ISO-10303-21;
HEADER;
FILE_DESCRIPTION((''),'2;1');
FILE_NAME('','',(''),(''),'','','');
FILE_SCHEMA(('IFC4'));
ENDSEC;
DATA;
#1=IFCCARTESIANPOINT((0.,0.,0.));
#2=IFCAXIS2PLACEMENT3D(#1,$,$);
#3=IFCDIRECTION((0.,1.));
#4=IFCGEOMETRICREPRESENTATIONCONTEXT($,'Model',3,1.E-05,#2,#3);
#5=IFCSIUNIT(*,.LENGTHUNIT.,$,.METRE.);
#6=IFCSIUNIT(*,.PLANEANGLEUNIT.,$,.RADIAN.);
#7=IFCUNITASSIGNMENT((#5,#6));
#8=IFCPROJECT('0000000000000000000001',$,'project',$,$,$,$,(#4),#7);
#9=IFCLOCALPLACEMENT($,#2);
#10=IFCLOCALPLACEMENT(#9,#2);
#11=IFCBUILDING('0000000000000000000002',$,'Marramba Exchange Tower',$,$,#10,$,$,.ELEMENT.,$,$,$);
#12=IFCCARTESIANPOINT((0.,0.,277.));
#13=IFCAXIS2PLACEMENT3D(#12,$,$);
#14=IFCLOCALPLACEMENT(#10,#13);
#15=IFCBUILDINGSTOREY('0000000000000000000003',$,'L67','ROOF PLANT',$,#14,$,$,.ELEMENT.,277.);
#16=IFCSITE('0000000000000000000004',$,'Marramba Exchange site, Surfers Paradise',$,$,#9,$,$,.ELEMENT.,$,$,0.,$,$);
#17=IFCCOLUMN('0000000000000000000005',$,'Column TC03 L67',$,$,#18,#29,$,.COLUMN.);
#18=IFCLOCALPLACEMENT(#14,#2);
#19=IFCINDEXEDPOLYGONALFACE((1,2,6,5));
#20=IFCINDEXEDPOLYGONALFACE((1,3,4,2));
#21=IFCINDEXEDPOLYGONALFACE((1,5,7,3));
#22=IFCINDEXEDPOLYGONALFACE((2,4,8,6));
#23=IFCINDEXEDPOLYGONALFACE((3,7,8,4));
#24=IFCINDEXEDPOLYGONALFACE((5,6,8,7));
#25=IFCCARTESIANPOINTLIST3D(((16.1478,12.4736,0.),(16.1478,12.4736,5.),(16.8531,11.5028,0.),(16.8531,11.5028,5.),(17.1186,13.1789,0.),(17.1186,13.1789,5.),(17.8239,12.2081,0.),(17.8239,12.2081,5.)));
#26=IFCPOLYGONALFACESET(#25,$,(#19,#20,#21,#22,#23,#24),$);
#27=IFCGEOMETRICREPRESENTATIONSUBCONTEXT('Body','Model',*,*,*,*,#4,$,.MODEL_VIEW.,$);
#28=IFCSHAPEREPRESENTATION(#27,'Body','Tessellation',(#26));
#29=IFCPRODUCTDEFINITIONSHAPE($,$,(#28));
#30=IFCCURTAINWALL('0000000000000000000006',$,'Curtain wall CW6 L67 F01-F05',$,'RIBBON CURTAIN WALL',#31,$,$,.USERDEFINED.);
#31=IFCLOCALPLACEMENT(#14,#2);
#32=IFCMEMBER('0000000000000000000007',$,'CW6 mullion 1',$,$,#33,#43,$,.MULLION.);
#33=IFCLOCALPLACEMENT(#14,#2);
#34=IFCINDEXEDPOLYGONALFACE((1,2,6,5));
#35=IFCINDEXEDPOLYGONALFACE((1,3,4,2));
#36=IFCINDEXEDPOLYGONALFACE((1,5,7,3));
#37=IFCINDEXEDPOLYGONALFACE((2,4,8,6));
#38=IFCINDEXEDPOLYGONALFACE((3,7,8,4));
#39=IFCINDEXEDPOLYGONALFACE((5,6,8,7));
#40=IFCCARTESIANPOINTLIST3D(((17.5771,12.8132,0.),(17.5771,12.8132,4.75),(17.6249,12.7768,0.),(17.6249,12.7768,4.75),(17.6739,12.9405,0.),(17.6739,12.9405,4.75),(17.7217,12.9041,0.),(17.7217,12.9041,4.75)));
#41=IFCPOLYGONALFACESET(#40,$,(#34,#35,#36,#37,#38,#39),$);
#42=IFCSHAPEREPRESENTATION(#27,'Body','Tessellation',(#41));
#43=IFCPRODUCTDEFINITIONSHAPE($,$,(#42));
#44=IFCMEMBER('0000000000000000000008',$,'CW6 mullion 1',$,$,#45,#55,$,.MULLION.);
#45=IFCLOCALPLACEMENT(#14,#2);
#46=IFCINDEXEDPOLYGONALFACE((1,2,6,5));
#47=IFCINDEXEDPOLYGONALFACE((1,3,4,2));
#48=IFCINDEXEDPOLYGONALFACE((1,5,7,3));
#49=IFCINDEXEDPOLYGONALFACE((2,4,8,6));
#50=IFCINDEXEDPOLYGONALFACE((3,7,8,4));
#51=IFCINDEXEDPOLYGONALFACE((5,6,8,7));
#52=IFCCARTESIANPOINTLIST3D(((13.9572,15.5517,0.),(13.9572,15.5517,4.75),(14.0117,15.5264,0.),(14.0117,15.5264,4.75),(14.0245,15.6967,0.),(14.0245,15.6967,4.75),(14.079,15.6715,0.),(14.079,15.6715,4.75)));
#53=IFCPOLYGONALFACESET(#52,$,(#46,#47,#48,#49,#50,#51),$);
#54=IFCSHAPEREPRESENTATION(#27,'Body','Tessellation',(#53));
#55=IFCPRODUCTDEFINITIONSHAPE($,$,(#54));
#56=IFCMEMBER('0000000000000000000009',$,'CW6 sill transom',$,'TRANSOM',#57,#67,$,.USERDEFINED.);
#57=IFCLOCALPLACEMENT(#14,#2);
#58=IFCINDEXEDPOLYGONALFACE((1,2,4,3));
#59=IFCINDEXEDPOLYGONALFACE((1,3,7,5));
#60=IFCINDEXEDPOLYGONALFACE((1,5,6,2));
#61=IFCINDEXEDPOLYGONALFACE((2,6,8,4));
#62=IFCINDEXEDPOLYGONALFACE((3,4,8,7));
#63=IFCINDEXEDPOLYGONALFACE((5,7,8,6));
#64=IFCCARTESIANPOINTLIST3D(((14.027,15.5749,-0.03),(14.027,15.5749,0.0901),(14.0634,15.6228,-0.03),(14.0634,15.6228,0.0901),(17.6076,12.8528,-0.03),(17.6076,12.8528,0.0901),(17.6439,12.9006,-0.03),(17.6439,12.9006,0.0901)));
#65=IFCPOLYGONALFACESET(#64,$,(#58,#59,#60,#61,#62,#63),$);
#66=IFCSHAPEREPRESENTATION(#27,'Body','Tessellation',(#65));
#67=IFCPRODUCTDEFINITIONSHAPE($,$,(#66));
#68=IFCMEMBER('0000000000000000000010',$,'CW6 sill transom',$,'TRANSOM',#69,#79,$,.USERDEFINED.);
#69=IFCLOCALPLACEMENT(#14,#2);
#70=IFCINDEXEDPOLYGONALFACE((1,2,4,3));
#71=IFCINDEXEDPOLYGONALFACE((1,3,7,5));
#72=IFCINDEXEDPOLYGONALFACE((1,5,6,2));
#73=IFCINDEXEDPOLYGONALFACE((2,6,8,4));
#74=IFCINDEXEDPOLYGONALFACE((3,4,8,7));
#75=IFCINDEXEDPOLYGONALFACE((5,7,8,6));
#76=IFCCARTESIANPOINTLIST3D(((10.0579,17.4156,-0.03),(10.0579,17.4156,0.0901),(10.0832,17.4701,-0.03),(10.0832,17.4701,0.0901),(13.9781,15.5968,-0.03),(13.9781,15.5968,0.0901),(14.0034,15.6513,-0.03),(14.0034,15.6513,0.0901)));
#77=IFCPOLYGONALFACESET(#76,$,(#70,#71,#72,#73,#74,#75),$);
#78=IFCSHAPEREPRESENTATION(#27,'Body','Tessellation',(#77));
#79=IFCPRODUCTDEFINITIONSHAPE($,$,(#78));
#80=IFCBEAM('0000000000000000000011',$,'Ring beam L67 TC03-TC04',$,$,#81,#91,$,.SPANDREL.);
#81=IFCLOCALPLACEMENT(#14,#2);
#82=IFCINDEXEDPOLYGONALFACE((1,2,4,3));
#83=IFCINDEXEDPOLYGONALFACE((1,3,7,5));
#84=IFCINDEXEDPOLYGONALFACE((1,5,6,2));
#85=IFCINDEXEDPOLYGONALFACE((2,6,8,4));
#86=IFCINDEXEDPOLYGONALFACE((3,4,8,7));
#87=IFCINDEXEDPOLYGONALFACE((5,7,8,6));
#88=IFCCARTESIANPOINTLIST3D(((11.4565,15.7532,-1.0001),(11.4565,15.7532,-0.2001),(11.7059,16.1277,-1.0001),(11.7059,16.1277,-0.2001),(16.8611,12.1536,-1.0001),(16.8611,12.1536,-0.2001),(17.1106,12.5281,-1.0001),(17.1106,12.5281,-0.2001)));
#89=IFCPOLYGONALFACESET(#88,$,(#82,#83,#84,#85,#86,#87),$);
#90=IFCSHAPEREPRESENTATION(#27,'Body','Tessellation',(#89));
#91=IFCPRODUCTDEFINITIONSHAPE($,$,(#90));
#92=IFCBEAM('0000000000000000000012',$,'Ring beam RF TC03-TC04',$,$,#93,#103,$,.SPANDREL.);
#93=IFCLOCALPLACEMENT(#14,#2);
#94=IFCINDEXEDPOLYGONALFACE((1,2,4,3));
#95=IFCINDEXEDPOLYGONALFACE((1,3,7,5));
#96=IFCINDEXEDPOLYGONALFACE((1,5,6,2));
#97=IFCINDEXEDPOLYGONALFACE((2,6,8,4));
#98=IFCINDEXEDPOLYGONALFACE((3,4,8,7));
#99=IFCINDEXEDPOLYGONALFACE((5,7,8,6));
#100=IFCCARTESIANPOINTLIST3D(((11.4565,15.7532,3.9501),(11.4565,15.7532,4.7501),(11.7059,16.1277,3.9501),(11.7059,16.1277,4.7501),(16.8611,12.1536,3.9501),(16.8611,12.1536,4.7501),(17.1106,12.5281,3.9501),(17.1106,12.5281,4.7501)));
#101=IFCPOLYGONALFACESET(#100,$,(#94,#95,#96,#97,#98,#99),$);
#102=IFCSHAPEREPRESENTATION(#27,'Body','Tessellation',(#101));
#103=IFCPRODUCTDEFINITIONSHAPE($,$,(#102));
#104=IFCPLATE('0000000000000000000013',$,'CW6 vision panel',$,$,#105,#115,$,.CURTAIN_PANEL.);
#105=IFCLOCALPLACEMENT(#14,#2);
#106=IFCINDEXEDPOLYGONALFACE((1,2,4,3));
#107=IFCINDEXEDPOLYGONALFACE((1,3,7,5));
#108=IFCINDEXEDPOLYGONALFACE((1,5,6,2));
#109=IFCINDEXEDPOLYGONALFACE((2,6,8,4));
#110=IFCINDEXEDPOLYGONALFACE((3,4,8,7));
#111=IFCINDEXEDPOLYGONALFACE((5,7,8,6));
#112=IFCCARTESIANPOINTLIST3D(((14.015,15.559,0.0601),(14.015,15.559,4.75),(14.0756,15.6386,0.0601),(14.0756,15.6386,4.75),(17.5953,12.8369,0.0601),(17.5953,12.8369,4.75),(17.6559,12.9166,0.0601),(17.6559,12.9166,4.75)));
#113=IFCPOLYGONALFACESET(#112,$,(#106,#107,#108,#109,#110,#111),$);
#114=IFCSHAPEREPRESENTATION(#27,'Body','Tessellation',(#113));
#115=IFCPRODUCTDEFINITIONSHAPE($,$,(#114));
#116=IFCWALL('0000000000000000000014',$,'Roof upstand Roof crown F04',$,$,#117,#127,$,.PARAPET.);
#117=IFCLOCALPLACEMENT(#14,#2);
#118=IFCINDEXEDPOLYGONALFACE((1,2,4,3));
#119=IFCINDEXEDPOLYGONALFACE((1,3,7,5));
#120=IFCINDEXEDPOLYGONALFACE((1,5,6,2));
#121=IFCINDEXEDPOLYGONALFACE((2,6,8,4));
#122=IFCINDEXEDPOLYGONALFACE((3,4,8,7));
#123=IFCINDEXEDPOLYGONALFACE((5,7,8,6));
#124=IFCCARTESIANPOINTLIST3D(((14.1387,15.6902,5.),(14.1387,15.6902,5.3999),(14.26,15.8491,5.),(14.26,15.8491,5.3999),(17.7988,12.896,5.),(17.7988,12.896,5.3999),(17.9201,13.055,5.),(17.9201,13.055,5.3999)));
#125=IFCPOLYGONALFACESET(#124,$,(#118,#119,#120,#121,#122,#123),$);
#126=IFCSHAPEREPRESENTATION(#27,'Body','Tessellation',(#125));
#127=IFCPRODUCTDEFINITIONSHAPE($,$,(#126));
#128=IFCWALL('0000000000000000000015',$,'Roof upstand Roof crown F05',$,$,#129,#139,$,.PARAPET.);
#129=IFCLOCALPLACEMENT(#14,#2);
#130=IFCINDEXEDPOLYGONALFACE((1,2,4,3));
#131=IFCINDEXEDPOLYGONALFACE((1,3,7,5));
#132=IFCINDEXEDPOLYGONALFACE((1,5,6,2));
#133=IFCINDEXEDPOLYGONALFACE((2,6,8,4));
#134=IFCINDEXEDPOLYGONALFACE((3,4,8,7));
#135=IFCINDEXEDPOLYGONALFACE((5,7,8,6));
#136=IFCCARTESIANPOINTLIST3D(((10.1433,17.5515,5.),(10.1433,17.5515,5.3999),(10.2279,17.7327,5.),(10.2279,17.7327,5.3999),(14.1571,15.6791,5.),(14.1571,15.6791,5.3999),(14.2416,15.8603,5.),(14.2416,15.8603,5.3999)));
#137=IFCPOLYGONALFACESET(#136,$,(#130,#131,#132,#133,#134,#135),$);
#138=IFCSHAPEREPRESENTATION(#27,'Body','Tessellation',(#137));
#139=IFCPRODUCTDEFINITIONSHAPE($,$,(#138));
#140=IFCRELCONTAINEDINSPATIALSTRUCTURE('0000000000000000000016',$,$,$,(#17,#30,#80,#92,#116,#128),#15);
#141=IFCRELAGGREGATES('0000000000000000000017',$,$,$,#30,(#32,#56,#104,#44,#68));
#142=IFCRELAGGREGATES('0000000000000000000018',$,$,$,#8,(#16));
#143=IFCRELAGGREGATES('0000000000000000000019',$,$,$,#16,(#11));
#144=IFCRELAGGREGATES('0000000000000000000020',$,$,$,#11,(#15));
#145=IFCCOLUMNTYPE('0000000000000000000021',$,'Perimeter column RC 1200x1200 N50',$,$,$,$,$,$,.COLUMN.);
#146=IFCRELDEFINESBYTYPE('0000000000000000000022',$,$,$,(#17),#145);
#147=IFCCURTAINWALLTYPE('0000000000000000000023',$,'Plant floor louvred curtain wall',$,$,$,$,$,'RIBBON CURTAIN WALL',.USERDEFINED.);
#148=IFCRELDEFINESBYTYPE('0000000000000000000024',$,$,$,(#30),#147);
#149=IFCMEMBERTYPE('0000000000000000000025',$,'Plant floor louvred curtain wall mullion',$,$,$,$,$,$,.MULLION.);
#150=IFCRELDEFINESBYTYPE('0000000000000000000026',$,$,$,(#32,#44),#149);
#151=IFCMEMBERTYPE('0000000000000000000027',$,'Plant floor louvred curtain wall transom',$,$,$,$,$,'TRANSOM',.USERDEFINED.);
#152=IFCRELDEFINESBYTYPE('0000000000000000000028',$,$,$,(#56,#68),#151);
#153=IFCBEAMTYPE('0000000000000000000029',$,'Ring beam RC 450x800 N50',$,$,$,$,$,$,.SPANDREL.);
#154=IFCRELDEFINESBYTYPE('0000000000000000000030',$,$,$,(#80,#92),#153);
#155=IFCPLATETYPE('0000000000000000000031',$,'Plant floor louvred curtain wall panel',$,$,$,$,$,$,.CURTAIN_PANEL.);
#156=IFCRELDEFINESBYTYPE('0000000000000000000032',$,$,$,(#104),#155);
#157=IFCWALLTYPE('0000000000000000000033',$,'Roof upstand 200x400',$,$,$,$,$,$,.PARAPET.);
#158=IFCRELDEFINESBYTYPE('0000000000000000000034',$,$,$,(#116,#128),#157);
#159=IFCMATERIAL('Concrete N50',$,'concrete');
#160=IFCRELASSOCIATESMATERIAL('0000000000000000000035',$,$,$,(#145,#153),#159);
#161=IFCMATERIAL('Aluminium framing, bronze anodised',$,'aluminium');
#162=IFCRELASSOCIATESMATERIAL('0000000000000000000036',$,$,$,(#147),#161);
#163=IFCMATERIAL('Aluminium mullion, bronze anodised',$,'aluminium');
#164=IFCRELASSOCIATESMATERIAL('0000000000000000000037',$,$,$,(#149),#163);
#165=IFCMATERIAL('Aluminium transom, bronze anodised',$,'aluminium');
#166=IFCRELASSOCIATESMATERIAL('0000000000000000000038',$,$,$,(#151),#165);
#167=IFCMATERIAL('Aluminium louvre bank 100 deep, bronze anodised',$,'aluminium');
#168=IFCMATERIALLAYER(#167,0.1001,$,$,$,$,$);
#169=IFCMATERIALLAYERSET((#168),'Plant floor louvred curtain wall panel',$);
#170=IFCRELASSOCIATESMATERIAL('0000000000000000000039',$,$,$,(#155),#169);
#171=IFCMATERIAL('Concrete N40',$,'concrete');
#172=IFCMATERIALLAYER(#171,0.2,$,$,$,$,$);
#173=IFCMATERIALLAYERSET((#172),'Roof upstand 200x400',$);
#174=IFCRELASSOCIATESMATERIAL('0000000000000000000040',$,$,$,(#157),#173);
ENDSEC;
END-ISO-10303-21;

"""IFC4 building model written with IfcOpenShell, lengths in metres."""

from ifc_helpers import new_model, si_unit, direction, frame, frame_2d, origin, origin_2d, place, context, subcontext, project, spatial, rectangle, extrude, material, layer, layer_set, material_profile, profile_set, type_object, element, aggregate, save


model = new_model("IFC4")

# Units and contexts
model_context = context("Model", 3, precision=1e-05, world=origin(), true_north=direction((0.0, 1.0)))
body_context = subcontext(model_context, "Body", "Model", "MODEL_VIEW")
ifc_project = project(units=[si_unit("LENGTHUNIT", "METRE"), si_unit("PLANEANGLEUNIT", "RADIAN")], contexts=[model_context])

# Site, building, storey
site_placement = place(None, origin())
site = spatial("IfcSite", under=ifc_project, at=site_placement, Name="Marramba Exchange site, Surfers Paradise", CompositionType="ELEMENT", RefElevation=0.0)
building_placement = place(site_placement, origin())
building = spatial("IfcBuilding", under=site, at=building_placement, Name="Marramba Exchange Tower", CompositionType="ELEMENT")
storey_placement = place(building_placement, frame((0.0, 0.0, 277.0)))
storey = spatial("IfcBuildingStorey", under=building, at=storey_placement, Name="L67", Description="ROOF PLANT", CompositionType="ELEMENT", Elevation=277.0)

# Column
ifc_material_1 = material(Name="Concrete N50", Category="concrete")
ifc_material_profile_1 = material_profile(ifc_material_1, rectangle(XDim=1.2, YDim=1.2, at=origin_2d()), Name="RC 1200x1200")
ifc_profile_set_1 = profile_set([ifc_material_profile_1], Name="Concrete N50")
column_type = type_object("IfcColumnType", Name="Perimeter column RC 1200x1200 N50", PredefinedType="COLUMN", material=ifc_profile_set_1)
column_placement = place(storey_placement, frame((16.9858, 12.3408, 0.0), z_axis=(0.0, 0.0, 1.0), x_axis=(0.809017, 0.587785, 0.0)))
element("IfcColumn", 1, at=column_placement, inside=storey, type_object=column_type, Name="Column TC03 L67", PredefinedType="COLUMN", context=body_context, shape_type="SweptSolid", body=[
    extrude(rectangle(XDim=1.2, YDim=1.2, at=origin_2d()), origin(), (0.0, 0.0, 1.0), 5.0),
])

# Curtain wall, members
ifc_material_2 = material(Name="Aluminium framing, bronze anodised", Category="aluminium")
curtain_wall_type = type_object("IfcCurtainWallType", Name="Plant floor louvred curtain wall", ElementType="RIBBON CURTAIN WALL", PredefinedType="USERDEFINED", material=ifc_material_2)
curtain_wall_placement = place(storey_placement, origin())
curtain_wall = element("IfcCurtainWall", 2, at=curtain_wall_placement, inside=storey, type_object=curtain_wall_type, Name="Curtain wall CW6 L67 F01-F05", ObjectType="RIBBON CURTAIN WALL", PredefinedType="USERDEFINED")
ifc_material_3 = material(Name="Aluminium mullion, bronze anodised", Category="aluminium")
ifc_material_profile_2 = material_profile(ifc_material_3, rectangle(XDim=0.1599, YDim=0.0601, at=origin_2d()), Name="CW6 mullion 60x160")
ifc_profile_set_2 = profile_set([ifc_material_profile_2], Name="Aluminium mullion, bronze anodised")
member_type_1 = type_object("IfcMemberType", Name="Plant floor louvred curtain wall mullion", PredefinedType="MULLION", material=ifc_profile_set_2)
member_1_placement = place(storey_placement, frame((17.6494, 12.8586, 0.0), z_axis=(0.0, 0.0, 1.0), x_axis=(-0.605219, -0.796059, 0.0)))
member_1 = element("IfcMember", 3, at=member_1_placement, type_object=member_type_1, Name="CW6 mullion 1", PredefinedType="MULLION", context=body_context, shape_type="SweptSolid", body=[
    extrude(rectangle(XDim=0.1599, YDim=0.0601, at=origin_2d()), origin(), (0.0, 0.0, 1.0), 4.75),
])
member_2_placement = place(storey_placement, frame((14.0181, 15.6116, 0.0), z_axis=(0.0, 0.0, 1.0), x_axis=(-0.420849, -0.907131, 0.0)))
member_2 = element("IfcMember", 4, at=member_2_placement, type_object=member_type_1, Name="CW6 mullion 1", PredefinedType="MULLION", context=body_context, shape_type="SweptSolid", body=[
    extrude(rectangle(XDim=0.1599, YDim=0.0601, at=origin_2d()), origin(), (0.0, 0.0, 1.0), 4.75),
])
ifc_material_4 = material(Name="Aluminium transom, bronze anodised", Category="aluminium")
ifc_material_profile_3 = material_profile(ifc_material_4, rectangle(XDim=0.0601, YDim=0.1201, at=origin_2d()), Name="CW6 transom 60x120")
ifc_profile_set_3 = profile_set([ifc_material_profile_3], Name="Aluminium transom, bronze anodised")
member_type_2 = type_object("IfcMemberType", Name="Plant floor louvred curtain wall transom", ElementType="TRANSOM", PredefinedType="USERDEFINED", material=ifc_profile_set_3)
member_3_placement = place(storey_placement, frame((17.6257, 12.8767, 0.03), z_axis=(-0.796062, 0.605215, 0.0), x_axis=(-0.605215, -0.796062, 0.0)))
member_3 = element("IfcMember", 5, at=member_3_placement, type_object=member_type_2, Name="CW6 sill transom", ObjectType="TRANSOM", PredefinedType="USERDEFINED", context=body_context, shape_type="SweptSolid", body=[
    extrude(rectangle(XDim=0.0601, YDim=0.1201, at=origin_2d()), origin(), (0.0, 0.0, 1.0), 4.4978),
])
member_4_placement = place(storey_placement, frame((13.9907, 15.624, 0.03), z_axis=(-0.907118, 0.420877, 0.0), x_axis=(-0.420877, -0.907118, 0.0)))
member_4 = element("IfcMember", 6, at=member_4_placement, type_object=member_type_2, Name="CW6 sill transom", ObjectType="TRANSOM", PredefinedType="USERDEFINED", context=body_context, shape_type="SweptSolid", body=[
    extrude(rectangle(XDim=0.0601, YDim=0.1201, at=origin_2d()), origin(), (0.0, 0.0, 1.0), 4.3215),
])

# Beams
ifc_material_profile_4 = material_profile(ifc_material_1, rectangle(XDim=0.45, YDim=0.8, at=origin_2d()), Name="RC 450x800")
ifc_profile_set_4 = profile_set([ifc_material_profile_4], Name="Concrete N50")
beam_type = type_object("IfcBeamType", Name="Ring beam RC 450x800 N50", PredefinedType="SPANDREL", material=ifc_profile_set_4)
for number, where, z_axis, x_axis, name in (
    (7, (16.9858, 12.3408, -0.6001), (-0.832293, 0.554336, 0.0), (-0.554336, -0.832293, 0.0), "Ring beam L67 TC03-TC04"),
    (8, (16.9858, 12.3408, 4.3501), (-0.832293, 0.554336, 0.0), (-0.554336, -0.832293, 0.0), "Ring beam RF TC03-TC04"),
):
    element("IfcBeam", number, at=place(storey_placement, frame(where, z_axis=z_axis, x_axis=x_axis)), inside=storey, type_object=beam_type, Name=name, PredefinedType="SPANDREL", context=body_context, shape_type="SweptSolid", body=[
        extrude(rectangle(XDim=0.45, YDim=0.8, at=origin_2d()), origin(), (0.0, 0.0, 1.0), 6.4937),
    ])

# Plate
ifc_material_5 = material(Name="Aluminium louvre bank 100 deep, bronze anodised", Category="aluminium")
ifc_layer_1 = layer(ifc_material_5, 0.1001)
ifc_layer_set_1 = layer_set([ifc_layer_1], Name="Plant floor louvred curtain wall panel")
plate_type = type_object("IfcPlateType", Name="Plant floor louvred curtain wall panel", PredefinedType="CURTAIN_PANEL", material=ifc_layer_set_1)
plate_placement = place(storey_placement, frame((15.8354, 14.2378, 0.0601), z_axis=(0.0, 0.0, 1.0), x_axis=(-0.796059, 0.605219, 0.0)))
plate = element("IfcPlate", 9, at=plate_placement, type_object=plate_type, Name="CW6 vision panel", PredefinedType="CURTAIN_PANEL", context=body_context, shape_type="SweptSolid", body=[
    extrude(rectangle(XDim=4.4976, YDim=0.1001, at=origin_2d()), origin(), (0.0, 0.0, 1.0), 4.6899),
])
aggregate(curtain_wall, [member_1, member_3, plate, member_2, member_4])

# Walls
ifc_material_6 = material(Name="Concrete N40", Category="concrete")
ifc_layer_2 = layer(ifc_material_6, 0.2)
ifc_layer_set_2 = layer_set([ifc_layer_2], Name="Roof upstand 200x400")
wall_type = type_object("IfcWallType", Name="Roof upstand 200x400", PredefinedType="PARAPET", material=ifc_layer_set_2)
wall_1_placement = place(storey_placement, frame((17.8594, 12.9756, 5.0), z_axis=(0.0, 0.0, 1.0), x_axis=(-0.794856, 0.606799, 0.0)))
element("IfcWall", 10, at=wall_1_placement, inside=storey, type_object=wall_type, Name="Roof upstand Roof crown F04", PredefinedType="PARAPET", context=body_context, shape_type="SweptSolid", body=[
    extrude(rectangle(XDim=4.6047, YDim=0.2, at=frame_2d((2.3022, 0.0))), origin(), (0.0, 0.0, 1.0), 0.3999),
])
wall_2_placement = place(storey_placement, frame((14.1992, 15.7698, 5.0), z_axis=(0.0, 0.0, 1.0), x_axis=(-0.906247, 0.42275, 0.0)))
element("IfcWall", 11, at=wall_2_placement, inside=storey, type_object=wall_type, Name="Roof upstand Roof crown F05", PredefinedType="PARAPET", context=body_context, shape_type="SweptSolid", body=[
    extrude(rectangle(XDim=4.429, YDim=0.2, at=frame_2d((2.2144, 0.0))), origin(), (0.0, 0.0, 1.0), 0.3999),
])

save(model, "model.ifc")
